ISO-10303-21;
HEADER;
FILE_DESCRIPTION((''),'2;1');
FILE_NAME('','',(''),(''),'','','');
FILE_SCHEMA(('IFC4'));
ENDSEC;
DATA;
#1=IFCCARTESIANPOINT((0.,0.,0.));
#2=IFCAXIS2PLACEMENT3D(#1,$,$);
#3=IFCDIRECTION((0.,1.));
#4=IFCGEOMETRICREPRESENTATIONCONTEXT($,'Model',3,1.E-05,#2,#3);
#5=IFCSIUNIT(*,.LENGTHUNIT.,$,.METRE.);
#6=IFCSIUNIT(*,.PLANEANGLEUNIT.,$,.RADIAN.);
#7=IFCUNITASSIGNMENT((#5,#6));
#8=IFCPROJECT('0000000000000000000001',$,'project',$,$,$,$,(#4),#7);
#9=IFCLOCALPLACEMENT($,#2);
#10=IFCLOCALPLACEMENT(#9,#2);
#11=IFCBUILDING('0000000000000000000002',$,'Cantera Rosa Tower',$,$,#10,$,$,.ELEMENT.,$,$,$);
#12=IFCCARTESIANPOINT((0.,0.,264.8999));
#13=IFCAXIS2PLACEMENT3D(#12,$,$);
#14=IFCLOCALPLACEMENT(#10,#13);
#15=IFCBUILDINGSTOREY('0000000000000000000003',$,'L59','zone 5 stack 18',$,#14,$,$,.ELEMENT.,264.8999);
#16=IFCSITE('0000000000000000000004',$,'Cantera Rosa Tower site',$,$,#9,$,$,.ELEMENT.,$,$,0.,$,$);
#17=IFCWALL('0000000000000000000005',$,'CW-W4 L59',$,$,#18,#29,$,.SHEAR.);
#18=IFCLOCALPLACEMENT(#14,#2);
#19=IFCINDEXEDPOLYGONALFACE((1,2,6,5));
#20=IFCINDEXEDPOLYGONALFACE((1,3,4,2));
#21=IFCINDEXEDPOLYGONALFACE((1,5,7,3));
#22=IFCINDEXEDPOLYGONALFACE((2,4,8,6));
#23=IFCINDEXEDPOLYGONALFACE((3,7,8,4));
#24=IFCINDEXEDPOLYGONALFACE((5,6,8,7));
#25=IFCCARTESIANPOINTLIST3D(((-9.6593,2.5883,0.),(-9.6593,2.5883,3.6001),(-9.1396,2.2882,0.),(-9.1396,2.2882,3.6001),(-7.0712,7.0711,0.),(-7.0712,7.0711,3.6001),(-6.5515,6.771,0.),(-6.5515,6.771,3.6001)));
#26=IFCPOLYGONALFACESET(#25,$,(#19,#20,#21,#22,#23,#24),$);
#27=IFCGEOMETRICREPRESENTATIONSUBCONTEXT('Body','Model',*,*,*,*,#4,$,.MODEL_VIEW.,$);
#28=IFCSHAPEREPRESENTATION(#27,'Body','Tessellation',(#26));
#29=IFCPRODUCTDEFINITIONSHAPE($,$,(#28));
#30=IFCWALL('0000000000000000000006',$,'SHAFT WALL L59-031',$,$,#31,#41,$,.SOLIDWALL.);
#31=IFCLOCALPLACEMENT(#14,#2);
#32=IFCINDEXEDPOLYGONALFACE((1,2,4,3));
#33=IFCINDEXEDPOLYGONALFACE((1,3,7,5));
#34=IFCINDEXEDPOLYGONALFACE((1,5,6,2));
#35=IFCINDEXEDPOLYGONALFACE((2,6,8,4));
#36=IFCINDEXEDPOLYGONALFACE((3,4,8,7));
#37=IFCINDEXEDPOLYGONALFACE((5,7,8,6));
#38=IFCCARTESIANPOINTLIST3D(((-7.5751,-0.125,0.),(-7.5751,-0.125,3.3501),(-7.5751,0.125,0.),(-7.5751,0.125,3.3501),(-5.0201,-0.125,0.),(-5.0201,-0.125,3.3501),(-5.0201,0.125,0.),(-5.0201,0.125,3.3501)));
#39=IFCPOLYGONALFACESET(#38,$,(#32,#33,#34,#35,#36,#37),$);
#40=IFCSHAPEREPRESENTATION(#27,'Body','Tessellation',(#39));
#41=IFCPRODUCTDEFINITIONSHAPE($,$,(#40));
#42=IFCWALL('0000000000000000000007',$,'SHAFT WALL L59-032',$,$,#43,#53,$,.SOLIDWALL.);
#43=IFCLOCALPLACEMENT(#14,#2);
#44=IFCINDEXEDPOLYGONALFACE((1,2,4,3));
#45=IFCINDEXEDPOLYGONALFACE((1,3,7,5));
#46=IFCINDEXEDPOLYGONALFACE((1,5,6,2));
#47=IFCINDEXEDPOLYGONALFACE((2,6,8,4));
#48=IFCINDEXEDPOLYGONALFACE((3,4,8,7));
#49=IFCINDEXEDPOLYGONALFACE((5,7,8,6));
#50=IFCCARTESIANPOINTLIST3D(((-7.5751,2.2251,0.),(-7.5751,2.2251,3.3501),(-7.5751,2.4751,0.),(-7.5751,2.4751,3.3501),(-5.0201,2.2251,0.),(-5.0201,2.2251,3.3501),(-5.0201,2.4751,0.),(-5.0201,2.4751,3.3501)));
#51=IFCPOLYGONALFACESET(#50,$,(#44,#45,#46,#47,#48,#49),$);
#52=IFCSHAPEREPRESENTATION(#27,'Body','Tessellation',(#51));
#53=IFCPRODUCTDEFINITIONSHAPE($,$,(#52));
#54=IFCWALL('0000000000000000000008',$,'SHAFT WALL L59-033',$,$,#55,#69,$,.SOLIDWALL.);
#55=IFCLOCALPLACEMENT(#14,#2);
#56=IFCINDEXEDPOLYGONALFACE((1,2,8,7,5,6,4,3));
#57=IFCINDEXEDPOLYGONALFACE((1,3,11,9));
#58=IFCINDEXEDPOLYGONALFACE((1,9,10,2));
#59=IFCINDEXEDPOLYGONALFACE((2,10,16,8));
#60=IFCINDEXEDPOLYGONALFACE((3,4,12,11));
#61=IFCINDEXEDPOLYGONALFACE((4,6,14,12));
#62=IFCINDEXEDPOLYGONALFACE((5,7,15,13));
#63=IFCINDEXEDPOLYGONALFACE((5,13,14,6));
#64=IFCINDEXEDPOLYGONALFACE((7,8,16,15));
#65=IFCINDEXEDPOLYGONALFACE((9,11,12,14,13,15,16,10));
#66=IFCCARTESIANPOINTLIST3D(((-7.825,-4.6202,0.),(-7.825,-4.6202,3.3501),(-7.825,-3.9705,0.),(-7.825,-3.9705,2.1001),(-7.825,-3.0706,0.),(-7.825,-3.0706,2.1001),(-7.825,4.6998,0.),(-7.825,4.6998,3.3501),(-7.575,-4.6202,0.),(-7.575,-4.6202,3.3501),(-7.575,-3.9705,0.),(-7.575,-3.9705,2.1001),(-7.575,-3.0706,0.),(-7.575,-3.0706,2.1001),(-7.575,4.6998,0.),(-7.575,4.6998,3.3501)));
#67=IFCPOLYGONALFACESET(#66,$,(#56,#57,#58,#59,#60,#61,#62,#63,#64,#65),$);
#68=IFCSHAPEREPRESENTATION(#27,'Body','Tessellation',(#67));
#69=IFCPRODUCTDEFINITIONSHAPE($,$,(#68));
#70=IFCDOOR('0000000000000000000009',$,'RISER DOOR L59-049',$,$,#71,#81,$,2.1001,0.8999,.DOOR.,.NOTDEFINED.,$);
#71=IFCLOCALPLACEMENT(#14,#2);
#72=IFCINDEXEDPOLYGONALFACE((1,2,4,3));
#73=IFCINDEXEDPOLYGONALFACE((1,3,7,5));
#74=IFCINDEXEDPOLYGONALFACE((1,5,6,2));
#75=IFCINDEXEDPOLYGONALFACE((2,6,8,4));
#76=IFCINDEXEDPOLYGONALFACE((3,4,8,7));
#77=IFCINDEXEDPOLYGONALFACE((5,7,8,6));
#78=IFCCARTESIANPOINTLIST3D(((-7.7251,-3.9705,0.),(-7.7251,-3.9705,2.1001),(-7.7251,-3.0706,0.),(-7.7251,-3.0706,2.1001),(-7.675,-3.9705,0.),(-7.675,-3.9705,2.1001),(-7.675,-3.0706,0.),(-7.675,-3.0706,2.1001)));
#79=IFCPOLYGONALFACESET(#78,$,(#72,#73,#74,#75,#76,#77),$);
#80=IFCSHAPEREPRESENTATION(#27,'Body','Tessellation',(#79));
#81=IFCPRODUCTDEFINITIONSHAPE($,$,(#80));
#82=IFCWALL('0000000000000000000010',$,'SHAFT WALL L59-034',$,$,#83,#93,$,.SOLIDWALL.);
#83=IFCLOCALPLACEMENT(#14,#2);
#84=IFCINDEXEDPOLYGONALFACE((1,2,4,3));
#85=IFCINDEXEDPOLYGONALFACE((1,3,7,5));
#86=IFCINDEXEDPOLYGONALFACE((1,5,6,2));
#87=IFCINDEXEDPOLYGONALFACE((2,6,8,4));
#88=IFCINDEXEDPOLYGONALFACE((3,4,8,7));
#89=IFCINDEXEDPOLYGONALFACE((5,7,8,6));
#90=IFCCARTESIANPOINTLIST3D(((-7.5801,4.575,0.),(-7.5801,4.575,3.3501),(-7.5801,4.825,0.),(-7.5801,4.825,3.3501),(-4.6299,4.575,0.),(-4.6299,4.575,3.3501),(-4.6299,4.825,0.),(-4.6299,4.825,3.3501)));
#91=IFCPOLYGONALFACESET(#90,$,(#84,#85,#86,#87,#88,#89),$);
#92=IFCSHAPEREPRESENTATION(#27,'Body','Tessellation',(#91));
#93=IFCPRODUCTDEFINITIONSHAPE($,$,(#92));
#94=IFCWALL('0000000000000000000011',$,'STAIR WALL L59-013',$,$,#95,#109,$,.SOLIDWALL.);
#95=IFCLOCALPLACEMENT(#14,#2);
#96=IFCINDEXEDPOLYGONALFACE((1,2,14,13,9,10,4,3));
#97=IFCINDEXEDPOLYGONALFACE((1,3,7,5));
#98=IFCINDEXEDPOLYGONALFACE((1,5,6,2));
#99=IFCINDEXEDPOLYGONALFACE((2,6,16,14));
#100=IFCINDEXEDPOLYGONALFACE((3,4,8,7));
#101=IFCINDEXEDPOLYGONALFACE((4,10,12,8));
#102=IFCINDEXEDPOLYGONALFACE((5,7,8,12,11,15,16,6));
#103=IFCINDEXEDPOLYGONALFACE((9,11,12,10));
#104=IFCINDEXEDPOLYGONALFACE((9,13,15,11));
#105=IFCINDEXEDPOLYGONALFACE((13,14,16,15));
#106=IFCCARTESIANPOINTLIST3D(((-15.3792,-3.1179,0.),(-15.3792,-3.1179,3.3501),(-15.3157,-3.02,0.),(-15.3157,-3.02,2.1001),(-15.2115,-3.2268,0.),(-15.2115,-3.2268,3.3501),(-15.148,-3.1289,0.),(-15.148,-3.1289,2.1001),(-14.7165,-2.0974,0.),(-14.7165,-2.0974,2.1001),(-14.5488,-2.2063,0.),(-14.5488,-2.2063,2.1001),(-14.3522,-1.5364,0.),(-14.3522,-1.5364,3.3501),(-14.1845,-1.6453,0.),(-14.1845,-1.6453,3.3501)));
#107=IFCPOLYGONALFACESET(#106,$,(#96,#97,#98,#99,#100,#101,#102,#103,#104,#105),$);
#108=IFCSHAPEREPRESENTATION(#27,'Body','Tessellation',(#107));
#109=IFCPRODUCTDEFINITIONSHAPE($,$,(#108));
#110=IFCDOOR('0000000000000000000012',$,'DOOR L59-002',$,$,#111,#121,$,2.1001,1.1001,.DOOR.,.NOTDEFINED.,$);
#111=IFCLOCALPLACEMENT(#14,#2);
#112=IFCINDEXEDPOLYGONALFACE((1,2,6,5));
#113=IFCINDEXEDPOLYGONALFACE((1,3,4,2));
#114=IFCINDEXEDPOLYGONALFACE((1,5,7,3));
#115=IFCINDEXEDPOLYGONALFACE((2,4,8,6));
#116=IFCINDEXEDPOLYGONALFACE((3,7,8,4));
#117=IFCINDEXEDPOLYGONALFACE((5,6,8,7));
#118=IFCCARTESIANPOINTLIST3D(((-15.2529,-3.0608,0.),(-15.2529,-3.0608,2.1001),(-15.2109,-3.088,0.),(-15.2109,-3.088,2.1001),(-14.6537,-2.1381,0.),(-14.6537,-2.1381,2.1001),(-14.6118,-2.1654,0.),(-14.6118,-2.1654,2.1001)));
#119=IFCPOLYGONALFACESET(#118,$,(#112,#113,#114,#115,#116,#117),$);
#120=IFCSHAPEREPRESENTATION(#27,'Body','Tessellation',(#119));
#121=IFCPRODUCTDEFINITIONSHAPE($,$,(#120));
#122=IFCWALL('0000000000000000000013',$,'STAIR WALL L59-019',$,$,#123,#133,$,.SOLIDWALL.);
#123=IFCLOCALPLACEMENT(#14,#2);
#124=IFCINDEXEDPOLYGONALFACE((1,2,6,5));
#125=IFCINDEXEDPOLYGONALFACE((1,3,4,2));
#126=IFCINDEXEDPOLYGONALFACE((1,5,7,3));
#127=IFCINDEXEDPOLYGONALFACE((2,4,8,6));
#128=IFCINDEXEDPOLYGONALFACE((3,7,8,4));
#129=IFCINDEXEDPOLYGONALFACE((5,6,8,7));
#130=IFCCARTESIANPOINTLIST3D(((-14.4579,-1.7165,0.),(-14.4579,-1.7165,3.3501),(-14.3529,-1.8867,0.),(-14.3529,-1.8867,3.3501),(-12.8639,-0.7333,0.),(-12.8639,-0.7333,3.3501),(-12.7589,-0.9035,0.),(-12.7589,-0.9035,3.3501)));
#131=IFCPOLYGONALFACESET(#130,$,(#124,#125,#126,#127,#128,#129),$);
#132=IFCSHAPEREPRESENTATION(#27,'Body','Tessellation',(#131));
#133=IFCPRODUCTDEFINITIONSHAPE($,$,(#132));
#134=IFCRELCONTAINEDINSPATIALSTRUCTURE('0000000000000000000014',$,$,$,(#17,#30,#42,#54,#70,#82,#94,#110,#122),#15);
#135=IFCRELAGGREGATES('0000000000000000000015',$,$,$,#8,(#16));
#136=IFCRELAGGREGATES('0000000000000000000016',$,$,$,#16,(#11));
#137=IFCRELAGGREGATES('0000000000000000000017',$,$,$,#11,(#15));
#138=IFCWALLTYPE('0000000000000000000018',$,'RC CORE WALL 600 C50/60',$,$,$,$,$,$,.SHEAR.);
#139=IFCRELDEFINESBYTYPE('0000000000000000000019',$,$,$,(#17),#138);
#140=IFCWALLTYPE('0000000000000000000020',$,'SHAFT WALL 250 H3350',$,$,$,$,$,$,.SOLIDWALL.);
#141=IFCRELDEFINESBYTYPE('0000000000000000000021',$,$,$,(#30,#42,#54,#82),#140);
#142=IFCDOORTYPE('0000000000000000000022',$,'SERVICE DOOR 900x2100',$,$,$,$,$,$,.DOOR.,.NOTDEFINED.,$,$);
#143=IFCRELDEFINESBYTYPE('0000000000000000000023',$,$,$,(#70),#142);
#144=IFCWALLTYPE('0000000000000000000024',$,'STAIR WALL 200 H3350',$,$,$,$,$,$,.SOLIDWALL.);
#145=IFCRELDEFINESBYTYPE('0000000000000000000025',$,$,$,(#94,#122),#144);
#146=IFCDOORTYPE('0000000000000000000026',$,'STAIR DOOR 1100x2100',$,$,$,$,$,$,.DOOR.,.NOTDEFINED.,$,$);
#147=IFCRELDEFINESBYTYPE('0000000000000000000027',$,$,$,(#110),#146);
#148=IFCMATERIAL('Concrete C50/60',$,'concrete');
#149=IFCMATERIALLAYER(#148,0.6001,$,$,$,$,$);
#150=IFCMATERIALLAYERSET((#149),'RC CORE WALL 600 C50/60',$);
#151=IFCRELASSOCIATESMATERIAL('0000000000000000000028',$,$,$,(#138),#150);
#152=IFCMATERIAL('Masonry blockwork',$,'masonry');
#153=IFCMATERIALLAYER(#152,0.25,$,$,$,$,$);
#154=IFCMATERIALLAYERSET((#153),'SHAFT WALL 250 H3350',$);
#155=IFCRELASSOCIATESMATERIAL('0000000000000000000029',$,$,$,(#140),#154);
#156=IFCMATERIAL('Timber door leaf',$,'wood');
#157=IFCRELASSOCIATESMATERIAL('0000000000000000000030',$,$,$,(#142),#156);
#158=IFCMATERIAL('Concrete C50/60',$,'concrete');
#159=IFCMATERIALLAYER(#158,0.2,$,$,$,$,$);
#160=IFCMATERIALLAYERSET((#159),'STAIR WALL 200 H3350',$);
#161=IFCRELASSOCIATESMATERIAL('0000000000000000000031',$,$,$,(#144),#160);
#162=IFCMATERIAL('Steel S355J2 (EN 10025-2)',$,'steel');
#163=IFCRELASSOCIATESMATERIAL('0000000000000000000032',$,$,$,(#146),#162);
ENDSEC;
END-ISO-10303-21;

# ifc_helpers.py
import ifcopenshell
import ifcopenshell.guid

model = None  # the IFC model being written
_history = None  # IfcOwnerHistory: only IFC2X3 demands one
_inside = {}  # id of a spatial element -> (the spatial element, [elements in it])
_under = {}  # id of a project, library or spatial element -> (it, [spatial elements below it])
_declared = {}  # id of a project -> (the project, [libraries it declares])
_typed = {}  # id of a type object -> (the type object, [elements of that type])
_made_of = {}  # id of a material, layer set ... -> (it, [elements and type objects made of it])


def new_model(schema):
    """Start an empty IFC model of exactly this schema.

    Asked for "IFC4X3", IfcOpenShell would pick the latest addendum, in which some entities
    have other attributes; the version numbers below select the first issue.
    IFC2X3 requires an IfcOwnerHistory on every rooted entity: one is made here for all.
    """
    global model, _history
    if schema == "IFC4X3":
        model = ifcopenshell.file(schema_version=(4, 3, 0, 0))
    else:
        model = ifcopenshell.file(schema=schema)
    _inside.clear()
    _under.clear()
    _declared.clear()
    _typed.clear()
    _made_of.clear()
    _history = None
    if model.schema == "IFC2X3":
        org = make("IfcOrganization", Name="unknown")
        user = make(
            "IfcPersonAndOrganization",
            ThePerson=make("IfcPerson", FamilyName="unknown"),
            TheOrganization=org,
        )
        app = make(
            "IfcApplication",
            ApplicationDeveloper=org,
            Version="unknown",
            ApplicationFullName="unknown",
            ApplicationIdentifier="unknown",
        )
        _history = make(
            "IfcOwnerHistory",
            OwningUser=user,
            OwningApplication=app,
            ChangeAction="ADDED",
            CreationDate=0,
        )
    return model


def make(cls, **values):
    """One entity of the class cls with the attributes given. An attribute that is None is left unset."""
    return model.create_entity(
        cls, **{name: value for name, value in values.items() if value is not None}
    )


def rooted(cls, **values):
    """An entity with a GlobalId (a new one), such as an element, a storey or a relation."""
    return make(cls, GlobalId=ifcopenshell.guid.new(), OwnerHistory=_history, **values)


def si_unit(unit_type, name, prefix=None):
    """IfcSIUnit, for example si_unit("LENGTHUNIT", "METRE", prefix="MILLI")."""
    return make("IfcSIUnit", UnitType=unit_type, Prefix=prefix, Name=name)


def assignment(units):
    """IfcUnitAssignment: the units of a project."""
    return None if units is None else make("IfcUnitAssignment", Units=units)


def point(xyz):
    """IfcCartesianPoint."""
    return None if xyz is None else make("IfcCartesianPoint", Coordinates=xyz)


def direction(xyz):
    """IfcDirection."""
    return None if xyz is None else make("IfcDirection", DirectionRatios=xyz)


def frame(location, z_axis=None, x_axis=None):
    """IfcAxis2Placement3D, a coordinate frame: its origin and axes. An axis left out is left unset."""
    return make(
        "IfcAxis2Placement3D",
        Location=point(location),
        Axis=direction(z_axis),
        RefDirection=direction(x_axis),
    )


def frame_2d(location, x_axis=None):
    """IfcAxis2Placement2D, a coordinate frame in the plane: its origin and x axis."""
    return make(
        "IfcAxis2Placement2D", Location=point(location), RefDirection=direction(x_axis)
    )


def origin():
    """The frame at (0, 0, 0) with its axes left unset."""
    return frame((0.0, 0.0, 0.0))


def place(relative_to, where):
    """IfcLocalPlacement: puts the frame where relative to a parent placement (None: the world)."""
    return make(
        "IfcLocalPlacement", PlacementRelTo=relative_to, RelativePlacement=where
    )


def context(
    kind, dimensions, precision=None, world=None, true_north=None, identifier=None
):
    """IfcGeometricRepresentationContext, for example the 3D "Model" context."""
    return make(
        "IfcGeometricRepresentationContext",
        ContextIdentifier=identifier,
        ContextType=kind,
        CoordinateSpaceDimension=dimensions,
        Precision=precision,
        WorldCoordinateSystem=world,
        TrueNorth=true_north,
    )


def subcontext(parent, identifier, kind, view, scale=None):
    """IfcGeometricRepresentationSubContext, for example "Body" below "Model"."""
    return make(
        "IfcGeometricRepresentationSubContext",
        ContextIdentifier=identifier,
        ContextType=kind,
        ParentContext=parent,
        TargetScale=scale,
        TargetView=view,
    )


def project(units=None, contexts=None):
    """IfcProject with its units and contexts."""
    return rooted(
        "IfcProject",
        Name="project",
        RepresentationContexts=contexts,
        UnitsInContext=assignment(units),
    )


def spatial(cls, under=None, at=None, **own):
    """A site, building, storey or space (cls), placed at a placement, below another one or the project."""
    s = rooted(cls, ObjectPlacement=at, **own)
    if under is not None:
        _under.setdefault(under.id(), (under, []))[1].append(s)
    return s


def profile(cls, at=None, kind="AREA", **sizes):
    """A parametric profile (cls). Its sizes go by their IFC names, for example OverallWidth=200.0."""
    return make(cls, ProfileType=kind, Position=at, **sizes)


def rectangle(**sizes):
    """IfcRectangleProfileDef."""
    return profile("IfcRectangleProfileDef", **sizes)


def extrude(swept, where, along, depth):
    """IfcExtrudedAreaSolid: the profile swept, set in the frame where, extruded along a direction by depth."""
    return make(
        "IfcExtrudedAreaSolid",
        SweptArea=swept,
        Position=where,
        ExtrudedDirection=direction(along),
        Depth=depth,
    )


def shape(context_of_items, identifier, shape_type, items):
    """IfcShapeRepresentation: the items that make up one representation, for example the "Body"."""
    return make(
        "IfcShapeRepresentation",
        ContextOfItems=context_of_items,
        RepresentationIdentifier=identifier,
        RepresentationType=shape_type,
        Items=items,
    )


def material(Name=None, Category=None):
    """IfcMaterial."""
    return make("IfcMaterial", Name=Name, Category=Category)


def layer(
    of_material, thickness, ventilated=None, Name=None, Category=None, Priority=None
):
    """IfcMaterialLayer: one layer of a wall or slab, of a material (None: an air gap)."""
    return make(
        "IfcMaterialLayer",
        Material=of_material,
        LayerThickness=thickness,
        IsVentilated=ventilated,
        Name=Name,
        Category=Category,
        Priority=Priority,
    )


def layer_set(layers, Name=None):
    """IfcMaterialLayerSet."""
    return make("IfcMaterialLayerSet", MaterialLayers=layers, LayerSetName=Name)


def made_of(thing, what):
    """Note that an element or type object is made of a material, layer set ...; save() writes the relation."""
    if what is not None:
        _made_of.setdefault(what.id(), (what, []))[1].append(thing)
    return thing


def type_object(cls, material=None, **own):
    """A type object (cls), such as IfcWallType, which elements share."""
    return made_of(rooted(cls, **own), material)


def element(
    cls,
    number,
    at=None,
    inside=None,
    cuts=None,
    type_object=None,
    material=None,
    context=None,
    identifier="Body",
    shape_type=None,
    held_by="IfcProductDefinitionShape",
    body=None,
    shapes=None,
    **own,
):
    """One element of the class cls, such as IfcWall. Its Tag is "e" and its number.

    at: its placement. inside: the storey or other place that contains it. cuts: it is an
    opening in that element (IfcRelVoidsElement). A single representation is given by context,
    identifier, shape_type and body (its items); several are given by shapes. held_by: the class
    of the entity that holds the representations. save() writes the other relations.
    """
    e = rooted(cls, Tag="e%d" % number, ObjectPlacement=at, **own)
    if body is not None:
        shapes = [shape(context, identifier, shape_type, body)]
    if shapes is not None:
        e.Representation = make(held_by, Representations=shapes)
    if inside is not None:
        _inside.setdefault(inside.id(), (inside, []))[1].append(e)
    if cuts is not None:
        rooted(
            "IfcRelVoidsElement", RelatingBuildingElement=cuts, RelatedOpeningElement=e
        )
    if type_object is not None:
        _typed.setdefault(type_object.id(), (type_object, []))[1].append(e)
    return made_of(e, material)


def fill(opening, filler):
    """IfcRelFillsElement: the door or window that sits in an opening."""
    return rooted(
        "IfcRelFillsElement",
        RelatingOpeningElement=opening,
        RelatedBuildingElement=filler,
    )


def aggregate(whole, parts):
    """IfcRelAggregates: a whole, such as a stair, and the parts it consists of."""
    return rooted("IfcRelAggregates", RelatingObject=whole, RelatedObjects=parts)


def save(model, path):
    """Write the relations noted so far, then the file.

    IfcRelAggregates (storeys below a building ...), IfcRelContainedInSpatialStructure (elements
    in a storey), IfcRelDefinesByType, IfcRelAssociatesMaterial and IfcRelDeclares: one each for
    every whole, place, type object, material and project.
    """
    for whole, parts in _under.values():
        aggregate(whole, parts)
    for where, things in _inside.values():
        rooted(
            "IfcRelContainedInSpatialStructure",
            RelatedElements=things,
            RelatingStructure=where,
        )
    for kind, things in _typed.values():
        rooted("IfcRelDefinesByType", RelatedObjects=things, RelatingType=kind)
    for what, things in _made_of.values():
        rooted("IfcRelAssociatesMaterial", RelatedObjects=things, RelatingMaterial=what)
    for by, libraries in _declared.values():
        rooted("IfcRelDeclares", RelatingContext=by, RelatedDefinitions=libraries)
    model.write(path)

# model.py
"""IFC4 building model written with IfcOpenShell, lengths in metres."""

from ifc_helpers import new_model, si_unit, direction, frame, frame_2d, origin, place, context, subcontext, project, spatial, rectangle, extrude, material, layer, layer_set, type_object, element, fill, save


model = new_model("IFC4")

# Units and contexts
model_context = context("Model", 3, precision=1e-05, world=origin(), true_north=direction((0.0, 1.0)))
body_context = subcontext(model_context, "Body", "Model", "MODEL_VIEW")
ifc_project = project(units=[si_unit("LENGTHUNIT", "METRE"), si_unit("PLANEANGLEUNIT", "RADIAN")], contexts=[model_context])

# Site, building, storey
site_placement = place(None, origin())
site = spatial("IfcSite", under=ifc_project, at=site_placement, Name="Cantera Rosa Tower site", CompositionType="ELEMENT", RefElevation=0.0)
building_placement = place(site_placement, origin())
building = spatial("IfcBuilding", under=site, at=building_placement, Name="Cantera Rosa Tower", CompositionType="ELEMENT")
storey_placement = place(building_placement, frame((0.0, 0.0, 264.8999)))
storey = spatial("IfcBuildingStorey", under=building, at=storey_placement, Name="L59", Description="zone 5 stack 18", CompositionType="ELEMENT", Elevation=264.8999)

# Walls
ifc_material_1 = material(Name="Concrete C50/60", Category="concrete")
ifc_layer_1 = layer(ifc_material_1, 0.6001)
ifc_layer_set_1 = layer_set([ifc_layer_1], Name="RC CORE WALL 600 C50/60")
wall_type_1 = type_object("IfcWallType", Name="RC CORE WALL 600 C50/60", PredefinedType="SHEAR", material=ifc_layer_set_1)
wall_1_placement = place(storey_placement, frame((-9.3994, 2.4382, 0.0), z_axis=(0.0, 0.0, 1.0), x_axis=(0.499989, 0.866032, 0.0)))
element("IfcWall", 1, at=wall_1_placement, inside=storey, type_object=wall_type_1, Name="CW-W4 L59", PredefinedType="SHEAR", context=body_context, shape_type="SweptSolid", body=[
    extrude(rectangle(XDim=5.1763, YDim=0.6001, at=frame_2d((2.5881, 0.0))), origin(), (0.0, 0.0, 1.0), 3.6001),
])
ifc_material_2 = material(Name="Masonry blockwork", Category="masonry")
ifc_layer_2 = layer(ifc_material_2, 0.25)
ifc_layer_set_2 = layer_set([ifc_layer_2], Name="SHAFT WALL 250 H3350")
wall_type_2 = type_object("IfcWallType", Name="SHAFT WALL 250 H3350", PredefinedType="SOLIDWALL", material=ifc_layer_set_2)
for number, where, z_axis, x_axis, name in (
    (2, (-7.575, 0.0, 0.0), (0.0, 0.0, 1.0), (1.0, 0.0, 0.0), "SHAFT WALL L59-031"),
    (3, (-7.575, 2.3501, 0.0), (0.0, 0.0, 1.0), (1.0, 0.0, 0.0), "SHAFT WALL L59-032"),
):
    element("IfcWall", number, at=place(storey_placement, frame(where, z_axis=z_axis, x_axis=x_axis)), inside=storey, type_object=wall_type_2, Name=name, PredefinedType="SOLIDWALL", context=body_context, shape_type="SweptSolid", body=[
        extrude(rectangle(XDim=2.5549, YDim=0.25, at=frame_2d((1.2773, 0.0))), origin(), (0.0, 0.0, 1.0), 3.3501),
    ])

# Wall, opening, door
wall_2_placement = place(storey_placement, frame((-7.7, 4.7, 0.0), z_axis=(0.0, 0.0, 1.0), x_axis=(0.0, -1.0, 0.0)))
wall_2 = element("IfcWall", 4, at=wall_2_placement, inside=storey, type_object=wall_type_2, Name="SHAFT WALL L59-033", PredefinedType="SOLIDWALL", context=body_context, shape_type="SweptSolid", body=[
    extrude(rectangle(XDim=9.3201, YDim=0.25, at=frame_2d((4.6602, 0.0))), origin(), (0.0, 0.0, 1.0), 3.3501),
])
opening_1_placement = place(wall_2_placement, frame((7.7705, 0.0, 0.0)))
opening_1 = element("IfcOpeningElement", 5, at=opening_1_placement, cuts=wall_2, PredefinedType="OPENING", context=body_context, shape_type="SweptSolid", body=[
    extrude(rectangle(XDim=0.8999, YDim=2.1001, at=frame_2d((0.45, 1.05))), frame((0.0, 0.135, 0.0), z_axis=(0.0, -1.0, 0.0), x_axis=(1.0, 0.0, 0.0)), (0.0, 0.0, 1.0), 0.27),
])
ifc_material_3 = material(Name="Timber door leaf", Category="wood")
door_type_1 = type_object("IfcDoorType", Name="SERVICE DOOR 900x2100", OperationType="NOTDEFINED", PredefinedType="DOOR", material=ifc_material_3)
door_1_placement = place(opening_1_placement, origin())
door_1 = element("IfcDoor", 6, at=door_1_placement, inside=storey, type_object=door_type_1, Name="RISER DOOR L59-049", OperationType="NOTDEFINED", OverallHeight=2.1001, OverallWidth=0.8999, PredefinedType="DOOR", context=body_context, shape_type="SweptSolid", body=[
    extrude(rectangle(XDim=0.8999, YDim=2.1001, at=frame_2d((0.45, 1.05))), frame((0.0, 0.0249, 0.0), z_axis=(0.0, -1.0, 0.0), x_axis=(1.0, 0.0, 0.0)), (0.0, 0.0, 1.0), 0.05),
])
fill(opening_1, door_1)

# Wall
wall_3_placement = place(storey_placement, frame((-7.5801, 4.7, 0.0), z_axis=(0.0, 0.0, 1.0), x_axis=(1.0, 0.0, 0.0)))
element("IfcWall", 7, at=wall_3_placement, inside=storey, type_object=wall_type_2, Name="SHAFT WALL L59-034", PredefinedType="SOLIDWALL", context=body_context, shape_type="SweptSolid", body=[
    extrude(rectangle(XDim=2.9502, YDim=0.25, at=frame_2d((1.4751, 0.0))), origin(), (0.0, 0.0, 1.0), 3.3501),
])

# Wall, opening, door
ifc_material_4 = material(Name="Concrete C50/60", Category="concrete")
ifc_layer_3 = layer(ifc_material_4, 0.2)
ifc_layer_set_3 = layer_set([ifc_layer_3], Name="STAIR WALL 200 H3350")
wall_type_3 = type_object("IfcWallType", Name="STAIR WALL 200 H3350", PredefinedType="SOLIDWALL", material=ifc_layer_set_3)
wall_4_placement = place(storey_placement, frame((-14.2683, -1.5908, 0.0), z_axis=(0.0, 0.0, 1.0), x_axis=(-0.544652, -0.838662, 0.0)))
wall_4 = element("IfcWall", 8, at=wall_4_placement, inside=storey, type_object=wall_type_3, Name="STAIR WALL L59-013", PredefinedType="SOLIDWALL", context=body_context, shape_type="SweptSolid", body=[
    extrude(rectangle(XDim=1.8857, YDim=0.2, at=frame_2d((0.9429, 0.0))), origin(), (0.0, 0.0, 1.0), 3.3501),
])
opening_2_placement = place(wall_4_placement, frame((0.6689, 0.0, 0.0)))
opening_2 = element("IfcOpeningElement", 9, at=opening_2_placement, cuts=wall_4, PredefinedType="OPENING", context=body_context, shape_type="SweptSolid", body=[
    extrude(rectangle(XDim=1.1001, YDim=2.1001, at=frame_2d((0.55, 1.05))), frame((0.0, 0.1099, 0.0), z_axis=(0.0, -1.0, 0.0), x_axis=(1.0, 0.0, 0.0)), (0.0, 0.0, 1.0), 0.22),
])
ifc_material_5 = material(Name="Steel S355J2 (EN 10025-2)", Category="steel")
door_type_2 = type_object("IfcDoorType", Name="STAIR DOOR 1100x2100", OperationType="NOTDEFINED", PredefinedType="DOOR", material=ifc_material_5)
door_2_placement = place(opening_2_placement, origin())
door_2 = element("IfcDoor", 10, at=door_2_placement, inside=storey, type_object=door_type_2, Name="DOOR L59-002", OperationType="NOTDEFINED", OverallHeight=2.1001, OverallWidth=1.1001, PredefinedType="DOOR", context=body_context, shape_type="SweptSolid", body=[
    extrude(rectangle(XDim=1.1001, YDim=2.1001, at=frame_2d((0.55, 1.05))), frame((0.0, 0.0249, 0.0), z_axis=(0.0, -1.0, 0.0), x_axis=(1.0, 0.0, 0.0)), (0.0, 0.0, 1.0), 0.05),
])
fill(opening_2, door_2)

# Wall
wall_5_placement = place(storey_placement, frame((-12.8113, -0.8184, 0.0), z_axis=(0.0, 0.0, 1.0), x_axis=(-0.851125, -0.524963, 0.0)))
element("IfcWall", 11, at=wall_5_placement, inside=storey, type_object=wall_type_3, Name="STAIR WALL L59-019", PredefinedType="SOLIDWALL", context=body_context, shape_type="SweptSolid", body=[
    extrude(rectangle(XDim=1.8728, YDim=0.2, at=frame_2d((0.9365, 0.0))), origin(), (0.0, 0.0, 1.0), 3.3501),
])

save(model, "model.ifc")
